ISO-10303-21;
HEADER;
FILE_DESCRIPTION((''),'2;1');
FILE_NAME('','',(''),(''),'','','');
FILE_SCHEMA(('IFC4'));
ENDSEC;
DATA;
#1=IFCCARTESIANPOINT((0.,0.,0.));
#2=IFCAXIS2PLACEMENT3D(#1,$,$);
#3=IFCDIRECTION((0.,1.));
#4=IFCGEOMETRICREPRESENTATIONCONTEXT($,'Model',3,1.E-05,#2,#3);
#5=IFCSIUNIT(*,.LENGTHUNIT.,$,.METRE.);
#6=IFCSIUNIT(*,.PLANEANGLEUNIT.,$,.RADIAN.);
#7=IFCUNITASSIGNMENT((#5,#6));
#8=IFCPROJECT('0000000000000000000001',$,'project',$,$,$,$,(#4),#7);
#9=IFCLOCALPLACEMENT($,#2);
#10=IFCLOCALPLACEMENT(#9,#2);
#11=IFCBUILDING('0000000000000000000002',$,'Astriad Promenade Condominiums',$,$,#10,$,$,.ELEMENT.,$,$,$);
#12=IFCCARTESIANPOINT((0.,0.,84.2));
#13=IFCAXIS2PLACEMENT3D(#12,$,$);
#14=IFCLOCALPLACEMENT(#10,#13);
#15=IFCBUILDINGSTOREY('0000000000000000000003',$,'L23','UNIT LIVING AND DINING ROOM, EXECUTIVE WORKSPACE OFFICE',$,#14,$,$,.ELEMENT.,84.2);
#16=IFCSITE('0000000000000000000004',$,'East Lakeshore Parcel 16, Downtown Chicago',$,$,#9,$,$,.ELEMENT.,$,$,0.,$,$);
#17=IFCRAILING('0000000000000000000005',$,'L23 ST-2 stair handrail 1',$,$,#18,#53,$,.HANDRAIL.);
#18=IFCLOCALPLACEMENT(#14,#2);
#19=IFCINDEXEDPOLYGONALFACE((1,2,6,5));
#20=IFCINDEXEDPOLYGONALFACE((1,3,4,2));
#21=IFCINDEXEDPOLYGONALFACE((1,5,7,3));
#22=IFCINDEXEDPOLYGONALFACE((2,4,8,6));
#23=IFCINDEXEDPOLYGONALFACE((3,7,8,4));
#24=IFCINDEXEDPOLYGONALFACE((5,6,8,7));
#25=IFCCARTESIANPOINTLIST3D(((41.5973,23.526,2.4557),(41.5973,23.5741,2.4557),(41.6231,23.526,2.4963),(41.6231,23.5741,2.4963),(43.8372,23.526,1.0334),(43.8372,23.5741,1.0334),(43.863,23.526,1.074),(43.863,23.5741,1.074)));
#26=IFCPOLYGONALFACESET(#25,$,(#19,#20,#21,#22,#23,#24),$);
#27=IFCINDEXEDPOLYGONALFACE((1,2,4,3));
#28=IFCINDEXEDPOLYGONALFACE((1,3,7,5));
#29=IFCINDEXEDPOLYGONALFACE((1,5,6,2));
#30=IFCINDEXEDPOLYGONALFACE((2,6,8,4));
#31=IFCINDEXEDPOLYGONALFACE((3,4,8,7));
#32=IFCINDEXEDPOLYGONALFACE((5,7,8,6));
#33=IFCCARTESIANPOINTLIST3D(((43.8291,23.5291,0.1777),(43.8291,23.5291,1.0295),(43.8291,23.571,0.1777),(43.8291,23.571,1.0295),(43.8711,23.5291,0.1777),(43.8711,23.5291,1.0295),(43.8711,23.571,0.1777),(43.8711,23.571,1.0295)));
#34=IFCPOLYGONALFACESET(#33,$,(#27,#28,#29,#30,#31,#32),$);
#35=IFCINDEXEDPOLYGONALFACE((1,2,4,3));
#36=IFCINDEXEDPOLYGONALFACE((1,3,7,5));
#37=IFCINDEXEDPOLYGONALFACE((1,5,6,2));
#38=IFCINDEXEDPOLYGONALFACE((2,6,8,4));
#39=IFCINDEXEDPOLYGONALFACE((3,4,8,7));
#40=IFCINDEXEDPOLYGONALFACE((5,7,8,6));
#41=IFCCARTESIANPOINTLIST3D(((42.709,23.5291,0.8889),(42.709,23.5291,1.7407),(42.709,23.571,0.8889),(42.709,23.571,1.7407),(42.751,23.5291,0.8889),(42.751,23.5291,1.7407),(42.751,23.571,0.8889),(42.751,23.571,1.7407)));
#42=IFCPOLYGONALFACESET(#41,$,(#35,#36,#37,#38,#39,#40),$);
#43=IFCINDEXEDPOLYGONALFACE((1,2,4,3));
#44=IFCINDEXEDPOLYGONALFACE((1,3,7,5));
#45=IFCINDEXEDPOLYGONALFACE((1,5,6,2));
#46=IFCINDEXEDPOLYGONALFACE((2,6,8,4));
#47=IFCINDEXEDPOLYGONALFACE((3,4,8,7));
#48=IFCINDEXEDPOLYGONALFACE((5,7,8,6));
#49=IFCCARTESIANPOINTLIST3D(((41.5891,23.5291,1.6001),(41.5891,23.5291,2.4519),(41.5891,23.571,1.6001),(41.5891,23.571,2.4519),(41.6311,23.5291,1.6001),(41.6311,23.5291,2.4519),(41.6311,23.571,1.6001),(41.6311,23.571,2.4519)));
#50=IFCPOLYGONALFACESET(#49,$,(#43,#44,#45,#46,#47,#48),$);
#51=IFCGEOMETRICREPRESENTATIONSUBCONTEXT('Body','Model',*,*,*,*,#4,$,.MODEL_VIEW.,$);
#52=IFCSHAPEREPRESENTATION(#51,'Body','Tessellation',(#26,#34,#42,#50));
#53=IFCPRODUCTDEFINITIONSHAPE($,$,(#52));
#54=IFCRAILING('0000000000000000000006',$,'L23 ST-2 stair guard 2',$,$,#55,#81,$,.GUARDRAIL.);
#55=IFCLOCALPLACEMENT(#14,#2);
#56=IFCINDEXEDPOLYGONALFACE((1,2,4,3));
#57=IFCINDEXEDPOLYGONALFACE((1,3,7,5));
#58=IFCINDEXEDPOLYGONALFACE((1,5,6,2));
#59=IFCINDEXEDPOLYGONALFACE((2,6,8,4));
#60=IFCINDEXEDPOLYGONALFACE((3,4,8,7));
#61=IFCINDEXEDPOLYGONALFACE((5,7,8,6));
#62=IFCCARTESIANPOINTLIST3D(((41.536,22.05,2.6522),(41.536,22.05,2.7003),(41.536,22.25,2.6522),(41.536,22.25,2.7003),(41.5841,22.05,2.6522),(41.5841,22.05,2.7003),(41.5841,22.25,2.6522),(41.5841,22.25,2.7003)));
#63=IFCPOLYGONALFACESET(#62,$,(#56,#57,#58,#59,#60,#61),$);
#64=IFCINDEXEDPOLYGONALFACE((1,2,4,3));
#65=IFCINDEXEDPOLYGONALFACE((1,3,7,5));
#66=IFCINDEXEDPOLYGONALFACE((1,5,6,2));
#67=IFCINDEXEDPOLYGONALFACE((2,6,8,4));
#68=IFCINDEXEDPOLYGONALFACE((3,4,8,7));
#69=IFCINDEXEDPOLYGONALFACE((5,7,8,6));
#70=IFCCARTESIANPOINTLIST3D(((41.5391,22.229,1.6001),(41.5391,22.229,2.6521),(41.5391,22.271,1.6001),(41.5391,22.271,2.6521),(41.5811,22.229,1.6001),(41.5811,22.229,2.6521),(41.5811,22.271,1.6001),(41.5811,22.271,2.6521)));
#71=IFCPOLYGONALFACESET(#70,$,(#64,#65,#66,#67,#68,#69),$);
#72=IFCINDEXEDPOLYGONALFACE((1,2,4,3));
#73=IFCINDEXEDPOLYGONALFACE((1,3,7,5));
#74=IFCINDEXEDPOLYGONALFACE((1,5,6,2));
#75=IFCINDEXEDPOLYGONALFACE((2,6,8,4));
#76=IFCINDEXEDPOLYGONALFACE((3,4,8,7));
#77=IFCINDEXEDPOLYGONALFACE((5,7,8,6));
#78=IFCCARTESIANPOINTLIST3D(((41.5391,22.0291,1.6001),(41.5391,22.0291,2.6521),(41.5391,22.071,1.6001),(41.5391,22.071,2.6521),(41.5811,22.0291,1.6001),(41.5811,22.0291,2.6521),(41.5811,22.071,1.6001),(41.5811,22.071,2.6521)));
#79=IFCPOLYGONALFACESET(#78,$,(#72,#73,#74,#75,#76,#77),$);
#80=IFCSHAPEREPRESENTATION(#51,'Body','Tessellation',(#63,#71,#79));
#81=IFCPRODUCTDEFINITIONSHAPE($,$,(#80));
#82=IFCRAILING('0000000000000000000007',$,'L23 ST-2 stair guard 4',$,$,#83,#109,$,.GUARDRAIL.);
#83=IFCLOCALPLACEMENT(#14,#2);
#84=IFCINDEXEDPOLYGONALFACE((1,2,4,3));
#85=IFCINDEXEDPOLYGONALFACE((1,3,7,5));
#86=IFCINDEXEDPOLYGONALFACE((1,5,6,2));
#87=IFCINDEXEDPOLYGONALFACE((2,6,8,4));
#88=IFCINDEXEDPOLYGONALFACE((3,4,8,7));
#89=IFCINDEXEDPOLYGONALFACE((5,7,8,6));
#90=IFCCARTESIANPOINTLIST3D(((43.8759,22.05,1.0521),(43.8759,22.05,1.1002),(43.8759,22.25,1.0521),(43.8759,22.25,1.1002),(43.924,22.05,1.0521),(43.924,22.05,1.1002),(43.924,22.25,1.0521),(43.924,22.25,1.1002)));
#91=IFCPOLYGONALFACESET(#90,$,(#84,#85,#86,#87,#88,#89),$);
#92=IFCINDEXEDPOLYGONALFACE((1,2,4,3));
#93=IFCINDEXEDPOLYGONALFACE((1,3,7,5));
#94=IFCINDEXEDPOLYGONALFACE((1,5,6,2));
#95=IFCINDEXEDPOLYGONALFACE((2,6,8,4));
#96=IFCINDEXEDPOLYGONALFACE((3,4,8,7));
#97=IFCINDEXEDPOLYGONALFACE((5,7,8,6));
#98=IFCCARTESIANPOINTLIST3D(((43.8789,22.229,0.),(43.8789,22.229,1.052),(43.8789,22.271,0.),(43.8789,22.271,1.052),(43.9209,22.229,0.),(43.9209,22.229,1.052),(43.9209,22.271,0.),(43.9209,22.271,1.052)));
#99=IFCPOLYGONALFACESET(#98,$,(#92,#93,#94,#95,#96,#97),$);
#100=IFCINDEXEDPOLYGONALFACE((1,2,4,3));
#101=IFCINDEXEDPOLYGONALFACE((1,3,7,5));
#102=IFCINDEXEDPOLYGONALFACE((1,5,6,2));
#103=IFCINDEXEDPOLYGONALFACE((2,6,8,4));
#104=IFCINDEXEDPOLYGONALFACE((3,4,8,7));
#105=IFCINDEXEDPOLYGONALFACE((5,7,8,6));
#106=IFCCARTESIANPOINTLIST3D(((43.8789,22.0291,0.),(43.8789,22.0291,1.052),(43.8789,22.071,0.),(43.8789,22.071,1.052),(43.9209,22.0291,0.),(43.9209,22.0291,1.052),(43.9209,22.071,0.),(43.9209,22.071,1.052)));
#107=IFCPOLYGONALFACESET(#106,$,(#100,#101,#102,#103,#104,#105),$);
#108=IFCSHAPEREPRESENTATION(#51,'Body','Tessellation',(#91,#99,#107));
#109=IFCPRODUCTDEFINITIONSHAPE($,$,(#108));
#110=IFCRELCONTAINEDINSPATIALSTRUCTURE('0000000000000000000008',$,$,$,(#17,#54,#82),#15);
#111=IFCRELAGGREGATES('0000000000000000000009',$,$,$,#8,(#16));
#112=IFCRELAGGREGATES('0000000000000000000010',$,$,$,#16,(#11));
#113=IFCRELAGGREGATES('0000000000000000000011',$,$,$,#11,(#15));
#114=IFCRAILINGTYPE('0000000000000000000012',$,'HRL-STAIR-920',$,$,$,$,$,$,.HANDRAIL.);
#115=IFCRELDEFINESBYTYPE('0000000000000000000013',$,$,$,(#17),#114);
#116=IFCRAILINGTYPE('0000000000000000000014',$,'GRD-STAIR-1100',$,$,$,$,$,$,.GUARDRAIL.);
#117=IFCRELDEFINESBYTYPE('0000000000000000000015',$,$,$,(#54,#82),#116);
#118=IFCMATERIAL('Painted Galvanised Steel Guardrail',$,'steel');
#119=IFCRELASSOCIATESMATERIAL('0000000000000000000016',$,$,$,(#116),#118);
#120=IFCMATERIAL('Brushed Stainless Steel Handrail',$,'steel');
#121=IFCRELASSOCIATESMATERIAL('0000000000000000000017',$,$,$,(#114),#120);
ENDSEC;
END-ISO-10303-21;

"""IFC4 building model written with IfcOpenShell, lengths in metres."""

from ifc_helpers import new_model, si_unit, direction, frame, origin, origin_2d, place, context, subcontext, project, spatial, rectangle, extrude, source, transform, mapped, material, type_object, element, save


model = new_model("IFC4")

# Units and contexts
model_context = context("Model", 3, precision=1e-05, world=origin(), true_north=direction((0.0, 1.0)))
body_context = subcontext(model_context, "Body", "Model", "MODEL_VIEW")
ifc_project = project(units=[si_unit("LENGTHUNIT", "METRE"), si_unit("PLANEANGLEUNIT", "RADIAN")], contexts=[model_context])

# Site, building, storey
site_placement = place(None, origin())
site = spatial("IfcSite", under=ifc_project, at=site_placement, Name="East Lakeshore Parcel 16, Downtown Chicago", CompositionType="ELEMENT", RefElevation=0.0)
building_placement = place(site_placement, origin())
building = spatial("IfcBuilding", under=site, at=building_placement, Name="Astriad Promenade Condominiums", CompositionType="ELEMENT")
storey_placement = place(building_placement, frame((0.0, 0.0, 84.2)))
storey = spatial("IfcBuildingStorey", under=building, at=storey_placement, Name="L23", Description="UNIT LIVING AND DINING ROOM, EXECUTIVE WORKSPACE OFFICE", CompositionType="ELEMENT", Elevation=84.2)

# Railings
ifc_material_1 = material(Name="Painted Galvanised Steel Guardrail", Category="steel")
railing_type_1 = type_object("IfcRailingType", Name="GRD-STAIR-1100", PredefinedType="GUARDRAIL", material=ifc_material_1)
ifc_material_2 = material(Name="Brushed Stainless Steel Handrail", Category="steel")
railing_type_2 = type_object("IfcRailingType", Name="HRL-STAIR-920", PredefinedType="HANDRAIL", material=ifc_material_2)
shared_shape_1 = source(origin(), body_context, "Body", "SweptSolid", [
    extrude(rectangle(XDim=0.0481, YDim=0.0481, at=origin_2d()), frame((0.0, 0.0, 0.876), z_axis=(-0.844188, 0.0, 0.536048), x_axis=(0.0, -1.0, 0.0)), (0.0, 0.0, 1.0), 2.6533),
    extrude(rectangle(XDim=0.042, YDim=0.042, at=origin_2d()), origin(), (0.0, 0.0, 1.0), 0.8518),
    extrude(rectangle(XDim=0.042, YDim=0.042, at=origin_2d()), frame((-1.1201, 0.0, 0.7112)), (0.0, 0.0, 1.0), 0.8518),
    extrude(rectangle(XDim=0.042, YDim=0.042, at=origin_2d()), frame((-2.24, 0.0, 1.4224)), (0.0, 0.0, 1.0), 0.8518),
])
railing_1_placement = place(storey_placement, frame((43.8501, 23.55, 0.1777)))
element("IfcRailing", 1, at=railing_1_placement, inside=storey, type_object=railing_type_2, Name="L23 ST-2 stair handrail 1", PredefinedType="HANDRAIL", context=body_context, shape_type="MappedRepresentation", body=[
    mapped(shared_shape_1, transform((0.0, 0.0, 0.0), scale=1.0)),
])
shared_shape_2 = source(origin(), body_context, "Body", "SweptSolid", [
    extrude(rectangle(XDim=0.0481, YDim=0.0481, at=origin_2d()), frame((0.0, 0.0, 1.0762), z_axis=(0.0, -1.0, 0.0), x_axis=(1.0, 0.0, 0.0)), (0.0, 0.0, 1.0), 0.2),
    extrude(rectangle(XDim=0.042, YDim=0.042, at=origin_2d()), origin(), (0.0, 0.0, 1.0), 1.052),
    extrude(rectangle(XDim=0.042, YDim=0.042, at=origin_2d()), frame((0.0, -0.2, 0.0)), (0.0, 0.0, 1.0), 1.052),
])
for number, where, name in (
    (2, (41.5601, 22.25, 1.6001), "L23 ST-2 stair guard 2"),
    (3, (43.8999, 22.25, 0.0), "L23 ST-2 stair guard 4"),
):
    element("IfcRailing", number, at=place(storey_placement, frame(where)), inside=storey, type_object=railing_type_1, Name=name, PredefinedType="GUARDRAIL", context=body_context, shape_type="MappedRepresentation", body=[
        mapped(shared_shape_2, transform((0.0, 0.0, 0.0), scale=1.0)),
    ])

save(model, "model.ifc")
